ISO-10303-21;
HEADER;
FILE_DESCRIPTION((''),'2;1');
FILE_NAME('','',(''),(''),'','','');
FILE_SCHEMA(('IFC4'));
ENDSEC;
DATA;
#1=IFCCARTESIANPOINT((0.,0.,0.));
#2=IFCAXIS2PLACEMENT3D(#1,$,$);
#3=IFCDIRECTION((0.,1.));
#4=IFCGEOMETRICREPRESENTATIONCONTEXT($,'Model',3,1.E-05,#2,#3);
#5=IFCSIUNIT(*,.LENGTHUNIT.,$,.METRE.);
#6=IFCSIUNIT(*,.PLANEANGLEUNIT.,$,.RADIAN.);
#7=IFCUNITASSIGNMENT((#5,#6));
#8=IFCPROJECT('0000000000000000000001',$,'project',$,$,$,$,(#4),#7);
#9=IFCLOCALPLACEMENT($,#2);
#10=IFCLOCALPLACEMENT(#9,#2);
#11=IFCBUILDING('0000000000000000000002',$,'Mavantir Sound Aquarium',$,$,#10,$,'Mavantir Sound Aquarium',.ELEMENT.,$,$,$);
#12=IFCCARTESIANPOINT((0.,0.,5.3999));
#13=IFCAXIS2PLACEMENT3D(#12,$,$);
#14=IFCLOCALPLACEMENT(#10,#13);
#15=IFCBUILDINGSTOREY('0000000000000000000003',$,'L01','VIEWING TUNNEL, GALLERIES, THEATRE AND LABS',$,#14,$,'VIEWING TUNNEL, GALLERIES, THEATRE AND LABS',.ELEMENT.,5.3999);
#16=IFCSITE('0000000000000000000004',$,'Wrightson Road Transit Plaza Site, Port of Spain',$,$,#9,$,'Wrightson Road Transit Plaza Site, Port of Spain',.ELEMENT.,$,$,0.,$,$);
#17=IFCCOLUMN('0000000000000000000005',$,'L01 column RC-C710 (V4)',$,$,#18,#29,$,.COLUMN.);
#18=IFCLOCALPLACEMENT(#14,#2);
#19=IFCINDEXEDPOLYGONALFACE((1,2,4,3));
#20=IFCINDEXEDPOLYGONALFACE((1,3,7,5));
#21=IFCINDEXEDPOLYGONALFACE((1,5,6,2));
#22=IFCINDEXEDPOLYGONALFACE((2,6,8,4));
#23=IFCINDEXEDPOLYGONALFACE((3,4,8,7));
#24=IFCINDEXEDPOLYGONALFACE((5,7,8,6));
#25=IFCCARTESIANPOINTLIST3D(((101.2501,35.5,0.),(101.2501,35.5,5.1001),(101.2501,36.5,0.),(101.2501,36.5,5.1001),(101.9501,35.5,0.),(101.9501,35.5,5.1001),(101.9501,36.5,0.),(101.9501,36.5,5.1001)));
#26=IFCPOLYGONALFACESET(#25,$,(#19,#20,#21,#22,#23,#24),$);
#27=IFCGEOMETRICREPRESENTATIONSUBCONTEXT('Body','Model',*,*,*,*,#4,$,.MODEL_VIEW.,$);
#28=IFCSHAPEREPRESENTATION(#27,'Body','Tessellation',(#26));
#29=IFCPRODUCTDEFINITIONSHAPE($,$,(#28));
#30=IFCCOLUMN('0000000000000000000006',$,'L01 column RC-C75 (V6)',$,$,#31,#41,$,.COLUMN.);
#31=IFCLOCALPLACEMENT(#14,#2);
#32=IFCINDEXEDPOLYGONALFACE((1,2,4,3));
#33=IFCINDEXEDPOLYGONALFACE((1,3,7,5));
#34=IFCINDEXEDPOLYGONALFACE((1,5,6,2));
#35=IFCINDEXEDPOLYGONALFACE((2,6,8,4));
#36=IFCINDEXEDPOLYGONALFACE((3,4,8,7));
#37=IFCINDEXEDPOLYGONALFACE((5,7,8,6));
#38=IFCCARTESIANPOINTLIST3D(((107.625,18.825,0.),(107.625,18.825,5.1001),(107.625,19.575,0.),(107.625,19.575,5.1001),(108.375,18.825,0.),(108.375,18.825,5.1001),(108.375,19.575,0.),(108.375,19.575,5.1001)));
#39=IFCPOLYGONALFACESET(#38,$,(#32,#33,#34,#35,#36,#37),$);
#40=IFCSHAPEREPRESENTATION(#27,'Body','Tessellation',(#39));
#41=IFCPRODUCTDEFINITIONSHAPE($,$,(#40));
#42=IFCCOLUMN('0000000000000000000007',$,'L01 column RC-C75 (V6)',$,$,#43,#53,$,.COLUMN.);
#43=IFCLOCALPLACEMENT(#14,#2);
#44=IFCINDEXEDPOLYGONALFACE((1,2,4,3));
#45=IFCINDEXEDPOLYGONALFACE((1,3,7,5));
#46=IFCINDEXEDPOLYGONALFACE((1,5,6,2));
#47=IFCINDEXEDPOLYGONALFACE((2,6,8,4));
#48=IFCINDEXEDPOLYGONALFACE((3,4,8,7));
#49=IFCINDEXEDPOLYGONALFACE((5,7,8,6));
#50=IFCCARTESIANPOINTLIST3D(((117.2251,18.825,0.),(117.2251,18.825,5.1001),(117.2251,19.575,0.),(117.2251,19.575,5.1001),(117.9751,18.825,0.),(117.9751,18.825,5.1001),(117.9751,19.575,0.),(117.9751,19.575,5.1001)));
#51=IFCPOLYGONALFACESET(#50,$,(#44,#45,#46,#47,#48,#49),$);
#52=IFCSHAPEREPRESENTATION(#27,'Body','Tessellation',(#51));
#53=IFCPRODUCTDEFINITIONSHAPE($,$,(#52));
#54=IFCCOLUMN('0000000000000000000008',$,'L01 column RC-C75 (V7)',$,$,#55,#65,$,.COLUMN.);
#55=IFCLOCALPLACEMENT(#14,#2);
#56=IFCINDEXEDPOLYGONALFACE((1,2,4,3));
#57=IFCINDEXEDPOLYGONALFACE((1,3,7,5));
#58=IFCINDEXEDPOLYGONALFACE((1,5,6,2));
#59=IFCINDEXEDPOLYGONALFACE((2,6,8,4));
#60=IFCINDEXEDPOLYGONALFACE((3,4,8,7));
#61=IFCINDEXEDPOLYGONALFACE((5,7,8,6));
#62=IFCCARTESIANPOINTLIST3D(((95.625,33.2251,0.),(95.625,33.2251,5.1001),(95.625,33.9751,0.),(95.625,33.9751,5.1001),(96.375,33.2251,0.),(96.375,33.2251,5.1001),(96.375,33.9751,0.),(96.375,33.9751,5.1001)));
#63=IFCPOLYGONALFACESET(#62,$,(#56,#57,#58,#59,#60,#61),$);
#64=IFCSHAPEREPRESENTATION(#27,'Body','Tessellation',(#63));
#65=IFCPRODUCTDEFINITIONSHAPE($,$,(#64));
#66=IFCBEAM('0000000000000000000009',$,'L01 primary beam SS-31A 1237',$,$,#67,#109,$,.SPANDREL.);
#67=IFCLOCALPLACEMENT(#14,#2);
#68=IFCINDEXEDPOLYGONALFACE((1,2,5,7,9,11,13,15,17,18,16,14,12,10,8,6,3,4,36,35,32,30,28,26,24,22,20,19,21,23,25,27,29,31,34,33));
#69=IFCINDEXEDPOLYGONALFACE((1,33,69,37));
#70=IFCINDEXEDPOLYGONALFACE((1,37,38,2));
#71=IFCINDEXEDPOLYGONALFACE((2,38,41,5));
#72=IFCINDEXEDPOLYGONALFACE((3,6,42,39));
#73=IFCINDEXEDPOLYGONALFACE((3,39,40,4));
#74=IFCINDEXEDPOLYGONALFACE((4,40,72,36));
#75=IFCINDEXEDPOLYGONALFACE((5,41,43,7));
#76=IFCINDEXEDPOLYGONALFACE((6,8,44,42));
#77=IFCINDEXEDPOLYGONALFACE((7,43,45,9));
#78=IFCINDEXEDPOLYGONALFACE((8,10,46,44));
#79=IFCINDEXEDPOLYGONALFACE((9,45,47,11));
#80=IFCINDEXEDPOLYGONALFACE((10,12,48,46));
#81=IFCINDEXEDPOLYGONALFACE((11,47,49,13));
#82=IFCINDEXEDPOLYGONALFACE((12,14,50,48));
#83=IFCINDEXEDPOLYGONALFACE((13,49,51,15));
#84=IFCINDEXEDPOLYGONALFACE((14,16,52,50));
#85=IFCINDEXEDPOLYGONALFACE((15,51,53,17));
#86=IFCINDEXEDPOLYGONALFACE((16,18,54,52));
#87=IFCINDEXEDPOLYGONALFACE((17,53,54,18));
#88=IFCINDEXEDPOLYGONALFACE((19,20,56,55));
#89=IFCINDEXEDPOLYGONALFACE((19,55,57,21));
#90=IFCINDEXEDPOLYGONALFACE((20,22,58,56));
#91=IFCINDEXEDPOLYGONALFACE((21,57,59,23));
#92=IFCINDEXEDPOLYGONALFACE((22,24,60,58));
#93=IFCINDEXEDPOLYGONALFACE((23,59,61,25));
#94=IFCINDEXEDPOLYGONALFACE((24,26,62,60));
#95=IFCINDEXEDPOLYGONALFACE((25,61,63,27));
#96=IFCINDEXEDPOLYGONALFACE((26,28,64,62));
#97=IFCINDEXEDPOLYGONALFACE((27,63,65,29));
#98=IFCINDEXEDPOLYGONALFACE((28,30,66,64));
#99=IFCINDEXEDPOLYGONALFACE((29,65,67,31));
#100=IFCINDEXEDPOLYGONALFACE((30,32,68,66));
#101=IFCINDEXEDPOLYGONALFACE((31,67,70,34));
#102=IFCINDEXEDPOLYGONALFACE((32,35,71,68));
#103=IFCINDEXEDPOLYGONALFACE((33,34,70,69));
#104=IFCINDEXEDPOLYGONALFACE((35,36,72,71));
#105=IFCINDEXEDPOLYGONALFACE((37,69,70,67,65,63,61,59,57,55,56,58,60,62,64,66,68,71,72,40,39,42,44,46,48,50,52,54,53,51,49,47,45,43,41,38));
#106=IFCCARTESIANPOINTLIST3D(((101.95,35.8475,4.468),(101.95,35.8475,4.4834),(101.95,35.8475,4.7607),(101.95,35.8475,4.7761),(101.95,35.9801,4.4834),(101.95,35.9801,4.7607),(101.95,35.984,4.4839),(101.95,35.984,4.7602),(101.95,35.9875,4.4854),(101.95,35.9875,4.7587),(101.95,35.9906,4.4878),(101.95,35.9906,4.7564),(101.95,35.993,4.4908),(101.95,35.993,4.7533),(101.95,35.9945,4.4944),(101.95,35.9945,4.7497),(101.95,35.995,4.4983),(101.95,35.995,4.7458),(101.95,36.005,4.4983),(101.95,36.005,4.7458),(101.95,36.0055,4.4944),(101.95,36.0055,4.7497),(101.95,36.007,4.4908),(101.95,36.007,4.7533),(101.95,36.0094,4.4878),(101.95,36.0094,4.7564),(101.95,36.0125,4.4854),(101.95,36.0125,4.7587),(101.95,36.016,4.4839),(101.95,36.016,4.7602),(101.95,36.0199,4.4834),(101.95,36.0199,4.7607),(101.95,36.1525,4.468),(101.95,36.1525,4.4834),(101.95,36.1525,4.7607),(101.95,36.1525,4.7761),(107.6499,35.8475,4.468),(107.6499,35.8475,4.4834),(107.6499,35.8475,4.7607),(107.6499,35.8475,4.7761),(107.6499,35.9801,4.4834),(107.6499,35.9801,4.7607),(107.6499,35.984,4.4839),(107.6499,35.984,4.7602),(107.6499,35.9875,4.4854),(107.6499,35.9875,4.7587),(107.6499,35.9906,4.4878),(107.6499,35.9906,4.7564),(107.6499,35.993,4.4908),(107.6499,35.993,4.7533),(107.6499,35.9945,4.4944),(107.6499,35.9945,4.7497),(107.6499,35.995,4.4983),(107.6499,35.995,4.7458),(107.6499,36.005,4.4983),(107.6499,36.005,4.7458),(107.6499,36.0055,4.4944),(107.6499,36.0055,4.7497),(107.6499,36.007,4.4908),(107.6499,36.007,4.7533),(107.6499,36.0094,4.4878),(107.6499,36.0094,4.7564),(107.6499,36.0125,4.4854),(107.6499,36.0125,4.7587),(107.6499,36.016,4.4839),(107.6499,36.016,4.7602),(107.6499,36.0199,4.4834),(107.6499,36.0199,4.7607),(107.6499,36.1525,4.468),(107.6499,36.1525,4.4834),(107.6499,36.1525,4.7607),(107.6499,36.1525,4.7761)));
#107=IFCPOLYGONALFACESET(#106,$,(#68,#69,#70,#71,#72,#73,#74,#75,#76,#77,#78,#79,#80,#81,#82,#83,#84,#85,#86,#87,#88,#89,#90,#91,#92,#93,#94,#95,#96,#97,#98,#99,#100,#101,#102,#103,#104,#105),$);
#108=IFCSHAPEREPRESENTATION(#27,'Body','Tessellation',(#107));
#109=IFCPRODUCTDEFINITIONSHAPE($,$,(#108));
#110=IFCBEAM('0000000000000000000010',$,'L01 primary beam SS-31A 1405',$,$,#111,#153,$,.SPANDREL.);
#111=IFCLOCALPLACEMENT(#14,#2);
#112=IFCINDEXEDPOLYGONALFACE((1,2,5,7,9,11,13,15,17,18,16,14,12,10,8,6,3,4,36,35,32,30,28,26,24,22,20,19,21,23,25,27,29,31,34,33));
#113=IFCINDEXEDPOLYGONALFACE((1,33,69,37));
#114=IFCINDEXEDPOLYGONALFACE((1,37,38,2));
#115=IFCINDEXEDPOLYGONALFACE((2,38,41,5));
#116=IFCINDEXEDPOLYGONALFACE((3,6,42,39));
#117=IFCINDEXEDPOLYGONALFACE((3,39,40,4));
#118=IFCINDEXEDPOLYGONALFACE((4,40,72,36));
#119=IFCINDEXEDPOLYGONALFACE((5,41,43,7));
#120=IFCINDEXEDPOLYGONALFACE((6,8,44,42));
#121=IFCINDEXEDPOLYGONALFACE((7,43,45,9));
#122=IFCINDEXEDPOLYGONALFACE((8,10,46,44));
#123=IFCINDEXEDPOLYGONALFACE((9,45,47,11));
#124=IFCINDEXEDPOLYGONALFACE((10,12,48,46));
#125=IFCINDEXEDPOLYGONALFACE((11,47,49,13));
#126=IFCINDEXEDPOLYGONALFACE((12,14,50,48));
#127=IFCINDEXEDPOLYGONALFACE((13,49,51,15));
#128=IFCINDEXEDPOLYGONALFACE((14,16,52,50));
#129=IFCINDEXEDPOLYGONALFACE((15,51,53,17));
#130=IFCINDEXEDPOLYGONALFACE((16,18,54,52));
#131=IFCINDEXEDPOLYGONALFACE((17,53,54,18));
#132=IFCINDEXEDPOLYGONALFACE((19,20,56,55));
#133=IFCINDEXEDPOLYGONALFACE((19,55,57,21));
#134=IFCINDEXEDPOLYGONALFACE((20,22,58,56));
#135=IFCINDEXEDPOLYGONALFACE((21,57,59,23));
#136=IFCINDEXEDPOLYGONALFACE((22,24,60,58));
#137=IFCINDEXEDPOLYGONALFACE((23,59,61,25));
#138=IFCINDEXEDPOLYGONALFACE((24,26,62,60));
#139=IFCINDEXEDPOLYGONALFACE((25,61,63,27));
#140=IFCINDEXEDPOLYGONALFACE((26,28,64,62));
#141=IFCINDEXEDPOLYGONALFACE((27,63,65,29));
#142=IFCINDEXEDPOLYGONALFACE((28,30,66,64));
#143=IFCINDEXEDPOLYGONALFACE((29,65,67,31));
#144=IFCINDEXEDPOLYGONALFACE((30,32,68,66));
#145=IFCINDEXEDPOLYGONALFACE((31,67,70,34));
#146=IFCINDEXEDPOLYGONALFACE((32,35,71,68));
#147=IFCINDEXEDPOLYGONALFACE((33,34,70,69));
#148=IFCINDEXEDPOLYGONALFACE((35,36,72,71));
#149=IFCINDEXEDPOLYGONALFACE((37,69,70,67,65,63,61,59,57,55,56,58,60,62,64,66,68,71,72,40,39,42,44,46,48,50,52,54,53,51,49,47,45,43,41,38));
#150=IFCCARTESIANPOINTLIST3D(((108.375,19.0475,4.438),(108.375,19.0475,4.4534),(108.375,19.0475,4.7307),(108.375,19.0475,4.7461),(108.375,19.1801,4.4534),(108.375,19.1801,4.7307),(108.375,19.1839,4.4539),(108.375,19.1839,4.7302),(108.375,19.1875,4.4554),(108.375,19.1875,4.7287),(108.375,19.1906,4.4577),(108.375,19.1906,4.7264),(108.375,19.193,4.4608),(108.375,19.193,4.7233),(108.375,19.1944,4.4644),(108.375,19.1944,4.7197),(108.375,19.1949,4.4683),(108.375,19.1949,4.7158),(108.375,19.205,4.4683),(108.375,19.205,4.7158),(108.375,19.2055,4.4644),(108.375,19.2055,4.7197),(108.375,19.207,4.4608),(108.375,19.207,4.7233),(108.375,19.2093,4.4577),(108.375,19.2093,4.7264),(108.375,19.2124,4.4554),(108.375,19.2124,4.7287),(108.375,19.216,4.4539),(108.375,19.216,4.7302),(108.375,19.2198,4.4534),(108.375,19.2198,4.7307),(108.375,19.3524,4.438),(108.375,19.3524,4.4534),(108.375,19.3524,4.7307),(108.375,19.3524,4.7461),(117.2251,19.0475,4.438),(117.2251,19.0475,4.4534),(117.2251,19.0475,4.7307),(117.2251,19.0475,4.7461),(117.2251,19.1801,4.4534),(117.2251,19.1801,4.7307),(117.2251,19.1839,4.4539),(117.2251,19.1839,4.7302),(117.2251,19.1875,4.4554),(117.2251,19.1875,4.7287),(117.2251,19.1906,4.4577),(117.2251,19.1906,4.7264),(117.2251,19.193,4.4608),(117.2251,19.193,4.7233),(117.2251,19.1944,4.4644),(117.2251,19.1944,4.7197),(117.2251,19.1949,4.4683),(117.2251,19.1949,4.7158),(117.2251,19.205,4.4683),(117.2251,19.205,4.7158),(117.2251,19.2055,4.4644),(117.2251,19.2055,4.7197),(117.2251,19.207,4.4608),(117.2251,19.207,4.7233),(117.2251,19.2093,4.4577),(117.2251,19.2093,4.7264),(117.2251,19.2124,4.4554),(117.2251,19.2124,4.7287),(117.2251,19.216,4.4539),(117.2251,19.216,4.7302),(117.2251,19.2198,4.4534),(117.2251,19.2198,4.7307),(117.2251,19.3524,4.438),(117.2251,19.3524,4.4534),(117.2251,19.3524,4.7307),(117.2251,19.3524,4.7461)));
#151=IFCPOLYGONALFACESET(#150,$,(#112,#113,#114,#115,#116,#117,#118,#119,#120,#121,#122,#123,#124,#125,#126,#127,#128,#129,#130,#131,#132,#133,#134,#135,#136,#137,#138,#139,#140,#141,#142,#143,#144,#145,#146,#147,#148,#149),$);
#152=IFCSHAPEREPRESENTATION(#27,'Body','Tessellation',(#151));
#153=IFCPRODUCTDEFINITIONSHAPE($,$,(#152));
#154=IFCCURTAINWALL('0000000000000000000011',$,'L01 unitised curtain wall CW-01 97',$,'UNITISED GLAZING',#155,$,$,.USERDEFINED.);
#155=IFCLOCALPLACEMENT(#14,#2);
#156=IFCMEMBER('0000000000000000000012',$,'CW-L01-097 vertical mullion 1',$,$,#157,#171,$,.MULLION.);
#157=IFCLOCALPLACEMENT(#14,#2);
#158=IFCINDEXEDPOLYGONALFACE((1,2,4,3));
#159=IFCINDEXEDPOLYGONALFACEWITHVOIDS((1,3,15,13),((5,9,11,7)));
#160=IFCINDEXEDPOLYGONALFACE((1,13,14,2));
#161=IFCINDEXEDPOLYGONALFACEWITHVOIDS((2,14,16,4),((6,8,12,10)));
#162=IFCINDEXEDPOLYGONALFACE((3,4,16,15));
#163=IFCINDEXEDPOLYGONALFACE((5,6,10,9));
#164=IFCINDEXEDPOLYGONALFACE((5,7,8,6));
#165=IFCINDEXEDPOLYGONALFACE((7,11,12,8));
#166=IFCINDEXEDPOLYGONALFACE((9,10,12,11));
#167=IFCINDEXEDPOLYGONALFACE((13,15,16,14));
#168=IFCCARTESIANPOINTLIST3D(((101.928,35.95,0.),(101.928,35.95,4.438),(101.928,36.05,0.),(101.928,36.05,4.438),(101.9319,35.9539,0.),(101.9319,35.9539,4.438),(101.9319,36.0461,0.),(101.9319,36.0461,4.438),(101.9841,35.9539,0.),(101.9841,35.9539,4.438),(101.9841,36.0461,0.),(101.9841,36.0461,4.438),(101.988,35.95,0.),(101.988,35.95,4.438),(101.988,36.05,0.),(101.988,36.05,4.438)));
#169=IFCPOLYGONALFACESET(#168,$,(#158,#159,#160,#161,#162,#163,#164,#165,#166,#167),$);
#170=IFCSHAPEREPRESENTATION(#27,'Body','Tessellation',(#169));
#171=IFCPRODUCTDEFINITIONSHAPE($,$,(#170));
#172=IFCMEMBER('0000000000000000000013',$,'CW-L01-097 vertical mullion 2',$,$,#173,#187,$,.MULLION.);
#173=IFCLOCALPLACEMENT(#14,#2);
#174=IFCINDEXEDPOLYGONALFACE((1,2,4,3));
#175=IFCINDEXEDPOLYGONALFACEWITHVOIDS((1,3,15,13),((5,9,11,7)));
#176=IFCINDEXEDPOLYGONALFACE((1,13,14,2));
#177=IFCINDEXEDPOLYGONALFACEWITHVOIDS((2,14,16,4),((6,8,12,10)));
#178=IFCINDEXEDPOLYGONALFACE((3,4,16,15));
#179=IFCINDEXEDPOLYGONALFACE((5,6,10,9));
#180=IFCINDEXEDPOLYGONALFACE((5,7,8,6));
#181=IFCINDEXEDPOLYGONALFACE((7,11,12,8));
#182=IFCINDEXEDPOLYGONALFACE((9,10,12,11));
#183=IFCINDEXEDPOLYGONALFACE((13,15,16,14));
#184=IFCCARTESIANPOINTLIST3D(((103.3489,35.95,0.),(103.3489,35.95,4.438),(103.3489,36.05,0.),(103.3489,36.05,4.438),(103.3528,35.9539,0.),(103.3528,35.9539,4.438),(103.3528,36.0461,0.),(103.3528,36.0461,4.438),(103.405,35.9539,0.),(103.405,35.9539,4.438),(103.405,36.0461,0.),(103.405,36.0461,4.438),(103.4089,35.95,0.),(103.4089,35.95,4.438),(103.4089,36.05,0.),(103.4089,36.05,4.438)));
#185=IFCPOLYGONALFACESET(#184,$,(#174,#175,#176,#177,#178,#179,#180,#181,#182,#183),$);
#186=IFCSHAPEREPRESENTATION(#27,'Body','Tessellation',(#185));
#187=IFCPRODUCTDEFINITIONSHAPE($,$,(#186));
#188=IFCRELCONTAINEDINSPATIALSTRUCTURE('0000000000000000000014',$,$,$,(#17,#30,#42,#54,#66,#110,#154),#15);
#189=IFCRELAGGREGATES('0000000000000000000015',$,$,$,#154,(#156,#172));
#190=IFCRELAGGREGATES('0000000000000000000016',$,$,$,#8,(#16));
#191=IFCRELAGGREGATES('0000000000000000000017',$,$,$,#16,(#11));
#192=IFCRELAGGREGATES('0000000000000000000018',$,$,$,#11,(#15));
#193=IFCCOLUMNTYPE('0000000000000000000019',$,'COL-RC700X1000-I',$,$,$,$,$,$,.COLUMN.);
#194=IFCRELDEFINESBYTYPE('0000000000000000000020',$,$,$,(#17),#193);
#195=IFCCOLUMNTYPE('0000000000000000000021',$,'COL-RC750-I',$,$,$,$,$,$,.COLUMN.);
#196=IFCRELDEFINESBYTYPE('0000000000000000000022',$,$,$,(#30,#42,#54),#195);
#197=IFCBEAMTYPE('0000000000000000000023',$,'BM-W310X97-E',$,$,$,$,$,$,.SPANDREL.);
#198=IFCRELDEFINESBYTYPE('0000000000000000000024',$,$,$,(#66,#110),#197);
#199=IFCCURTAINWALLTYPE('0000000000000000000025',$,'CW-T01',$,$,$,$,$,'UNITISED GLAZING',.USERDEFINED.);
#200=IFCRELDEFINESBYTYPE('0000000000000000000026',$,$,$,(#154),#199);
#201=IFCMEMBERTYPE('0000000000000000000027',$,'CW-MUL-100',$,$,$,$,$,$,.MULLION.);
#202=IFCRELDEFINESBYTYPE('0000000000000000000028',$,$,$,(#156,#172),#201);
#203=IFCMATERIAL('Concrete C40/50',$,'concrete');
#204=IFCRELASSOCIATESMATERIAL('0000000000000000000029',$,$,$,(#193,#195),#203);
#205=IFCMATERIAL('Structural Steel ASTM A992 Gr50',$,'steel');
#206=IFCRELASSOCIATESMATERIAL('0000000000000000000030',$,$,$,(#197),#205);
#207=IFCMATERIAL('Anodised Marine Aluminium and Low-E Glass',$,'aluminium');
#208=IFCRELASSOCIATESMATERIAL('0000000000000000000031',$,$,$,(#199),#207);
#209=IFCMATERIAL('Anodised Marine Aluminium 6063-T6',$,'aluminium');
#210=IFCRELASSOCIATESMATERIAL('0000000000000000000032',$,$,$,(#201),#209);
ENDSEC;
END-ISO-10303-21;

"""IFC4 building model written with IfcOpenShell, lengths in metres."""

from ifc_helpers import new_model, si_unit, direction, frame, origin, origin_2d, place, context, subcontext, project, spatial, rectangle, hollow_rectangle, i_section, extrude, material, material_profile, profile_set, type_object, element, aggregate, save


model = new_model("IFC4")

# Units and contexts
model_context = context("Model", 3, precision=1e-05, world=origin(), true_north=direction((0.0, 1.0)))
body_context = subcontext(model_context, "Body", "Model", "MODEL_VIEW")
ifc_project = project(units=[si_unit("LENGTHUNIT", "METRE"), si_unit("PLANEANGLEUNIT", "RADIAN")], contexts=[model_context])

# Site, building, storey
site_placement = place(None, origin())
site = spatial("IfcSite", under=ifc_project, at=site_placement, Name="Wrightson Road Transit Plaza Site, Port of Spain", LongName="Wrightson Road Transit Plaza Site, Port of Spain", CompositionType="ELEMENT", RefElevation=0.0)
building_placement = place(site_placement, origin())
building = spatial("IfcBuilding", under=site, at=building_placement, Name="Mavantir Sound Aquarium", LongName="Mavantir Sound Aquarium", CompositionType="ELEMENT")
storey_placement = place(building_placement, frame((0.0, 0.0, 5.3999)))
storey = spatial("IfcBuildingStorey", under=building, at=storey_placement, Name="L01", Description="VIEWING TUNNEL, GALLERIES, THEATRE AND LABS", LongName="VIEWING TUNNEL, GALLERIES, THEATRE AND LABS", CompositionType="ELEMENT", Elevation=5.3999)

# Columns
ifc_material_1 = material(Name="Concrete C40/50", Category="concrete")
ifc_material_profile_1 = material_profile(ifc_material_1, rectangle(XDim=0.7, YDim=1.0, at=origin_2d()), Name="RC 700X1000")
ifc_profile_set_1 = profile_set([ifc_material_profile_1], Name="Concrete C40/50")
column_type_1 = type_object("IfcColumnType", Name="COL-RC700X1000-I", PredefinedType="COLUMN", material=ifc_profile_set_1)
column_placement = place(storey_placement, frame((101.6001, 36.0, 0.0), z_axis=(0.0, 0.0, 1.0), x_axis=(1.0, 0.0, 0.0)))
element("IfcColumn", 1, at=column_placement, inside=storey, type_object=column_type_1, Name="L01 column RC-C710 (V4)", PredefinedType="COLUMN", context=body_context, shape_type="SweptSolid", body=[
    extrude(rectangle(XDim=0.7, YDim=1.0, at=origin_2d()), origin(), (0.0, 0.0, 1.0), 5.1001),
])
ifc_material_profile_2 = material_profile(ifc_material_1, rectangle(XDim=0.75, YDim=0.75, at=origin_2d()), Name="RC 750X750")
ifc_profile_set_2 = profile_set([ifc_material_profile_2], Name="Concrete C40/50")
column_type_2 = type_object("IfcColumnType", Name="COL-RC750-I", PredefinedType="COLUMN", material=ifc_profile_set_2)
for number, where, z_axis, x_axis, name in (
    (2, (108.0, 19.2, 0.0), (0.0, 0.0, 1.0), (1.0, 0.0, 0.0), "L01 column RC-C75 (V6)"),
    (3, (117.6001, 19.2, 0.0), (0.0, 0.0, 1.0), (1.0, 0.0, 0.0), "L01 column RC-C75 (V6)"),
    (4, (96.0, 33.6001, 0.0), (0.0, 0.0, 1.0), (1.0, 0.0, 0.0), "L01 column RC-C75 (V7)"),
):
    element("IfcColumn", number, at=place(storey_placement, frame(where, z_axis=z_axis, x_axis=x_axis)), inside=storey, type_object=column_type_2, Name=name, PredefinedType="COLUMN", context=body_context, shape_type="SweptSolid", body=[
        extrude(rectangle(XDim=0.75, YDim=0.75, at=origin_2d()), origin(), (0.0, 0.0, 1.0), 5.1001),
    ])

# Beams
ifc_material_2 = material(Name="Structural Steel ASTM A992 Gr50", Category="steel")
ifc_material_profile_3 = material_profile(ifc_material_2, i_section(OverallWidth=0.3049, OverallDepth=0.3081, WebThickness=0.01, FlangeThickness=0.0154, FilletRadius=0.0149, at=origin_2d()), Name="W310X97")
ifc_profile_set_3 = profile_set([ifc_material_profile_3], Name="Structural Steel ASTM A992 Gr50")
beam_type = type_object("IfcBeamType", Name="BM-W310X97-E", PredefinedType="SPANDREL", material=ifc_profile_set_3)
beam_1_placement = place(storey_placement, frame((101.95, 36.0, 4.6221), z_axis=(1.0, 0.0, 0.0), x_axis=(0.0, 1.0, 0.0)))
element("IfcBeam", 5, at=beam_1_placement, inside=storey, type_object=beam_type, Name="L01 primary beam SS-31A 1237", PredefinedType="SPANDREL", context=body_context, shape_type="SweptSolid", body=[
    extrude(i_section(OverallWidth=0.3049, OverallDepth=0.3081, WebThickness=0.01, FlangeThickness=0.0154, FilletRadius=0.0149, at=origin_2d()), origin(), (0.0, 0.0, 1.0), 5.7),
])
beam_2_placement = place(storey_placement, frame((108.375, 19.2, 4.592), z_axis=(1.0, 0.0, 0.0), x_axis=(0.0, 1.0, 0.0)))
element("IfcBeam", 6, at=beam_2_placement, inside=storey, type_object=beam_type, Name="L01 primary beam SS-31A 1405", PredefinedType="SPANDREL", context=body_context, shape_type="SweptSolid", body=[
    extrude(i_section(OverallWidth=0.3049, OverallDepth=0.3081, WebThickness=0.01, FlangeThickness=0.0154, FilletRadius=0.0149, at=origin_2d()), origin(), (0.0, 0.0, 1.0), 8.8501),
])

# Curtain wall, members
ifc_material_3 = material(Name="Anodised Marine Aluminium and Low-E Glass", Category="aluminium")
curtain_wall_type = type_object("IfcCurtainWallType", Name="CW-T01", ElementType="UNITISED GLAZING", PredefinedType="USERDEFINED", material=ifc_material_3)
curtain_wall_1_placement = place(storey_placement, origin())
curtain_wall_1 = element("IfcCurtainWall", 7, at=curtain_wall_1_placement, inside=storey, type_object=curtain_wall_type, Name="L01 unitised curtain wall CW-01 97", ObjectType="UNITISED GLAZING", PredefinedType="USERDEFINED")
ifc_material_4 = material(Name="Anodised Marine Aluminium 6063-T6", Category="aluminium")
ifc_material_profile_4 = material_profile(ifc_material_4, hollow_rectangle(XDim=0.0601, YDim=0.1001, WallThickness=0.0039, at=origin_2d()), Name="ALU-MULLION-100X60")
ifc_profile_set_4 = profile_set([ifc_material_profile_4], Name="Anodised Marine Aluminium 6063-T6")
member_type_1 = type_object("IfcMemberType", Name="CW-MUL-100", PredefinedType="MULLION", material=ifc_profile_set_4)
member_1_placement = place(storey_placement, frame((101.958, 36.0, 0.0), z_axis=(0.0, 0.0, 1.0), x_axis=(1.0, 0.0, 0.0)))
member_1 = element("IfcMember", 8, at=member_1_placement, type_object=member_type_1, Name="CW-L01-097 vertical mullion 1", PredefinedType="MULLION", context=body_context, shape_type="SweptSolid", body=[
    extrude(hollow_rectangle(XDim=0.0601, YDim=0.1001, WallThickness=0.0039, at=origin_2d()), origin(), (0.0, 0.0, 1.0), 4.438),
])
member_2_placement = place(storey_placement, frame((103.3789, 36.0, 0.0), z_axis=(0.0, 0.0, 1.0), x_axis=(1.0, 0.0, 0.0)))
member_2 = element("IfcMember", 9, at=member_2_placement, type_object=member_type_1, Name="CW-L01-097 vertical mullion 2", PredefinedType="MULLION", context=body_context, shape_type="SweptSolid", body=[
    extrude(hollow_rectangle(XDim=0.0601, YDim=0.1001, WallThickness=0.0039, at=origin_2d()), origin(), (0.0, 0.0, 1.0), 4.438),
])

aggregate(curtain_wall_1, [member_1, member_2])

save(model, "model.ifc")
